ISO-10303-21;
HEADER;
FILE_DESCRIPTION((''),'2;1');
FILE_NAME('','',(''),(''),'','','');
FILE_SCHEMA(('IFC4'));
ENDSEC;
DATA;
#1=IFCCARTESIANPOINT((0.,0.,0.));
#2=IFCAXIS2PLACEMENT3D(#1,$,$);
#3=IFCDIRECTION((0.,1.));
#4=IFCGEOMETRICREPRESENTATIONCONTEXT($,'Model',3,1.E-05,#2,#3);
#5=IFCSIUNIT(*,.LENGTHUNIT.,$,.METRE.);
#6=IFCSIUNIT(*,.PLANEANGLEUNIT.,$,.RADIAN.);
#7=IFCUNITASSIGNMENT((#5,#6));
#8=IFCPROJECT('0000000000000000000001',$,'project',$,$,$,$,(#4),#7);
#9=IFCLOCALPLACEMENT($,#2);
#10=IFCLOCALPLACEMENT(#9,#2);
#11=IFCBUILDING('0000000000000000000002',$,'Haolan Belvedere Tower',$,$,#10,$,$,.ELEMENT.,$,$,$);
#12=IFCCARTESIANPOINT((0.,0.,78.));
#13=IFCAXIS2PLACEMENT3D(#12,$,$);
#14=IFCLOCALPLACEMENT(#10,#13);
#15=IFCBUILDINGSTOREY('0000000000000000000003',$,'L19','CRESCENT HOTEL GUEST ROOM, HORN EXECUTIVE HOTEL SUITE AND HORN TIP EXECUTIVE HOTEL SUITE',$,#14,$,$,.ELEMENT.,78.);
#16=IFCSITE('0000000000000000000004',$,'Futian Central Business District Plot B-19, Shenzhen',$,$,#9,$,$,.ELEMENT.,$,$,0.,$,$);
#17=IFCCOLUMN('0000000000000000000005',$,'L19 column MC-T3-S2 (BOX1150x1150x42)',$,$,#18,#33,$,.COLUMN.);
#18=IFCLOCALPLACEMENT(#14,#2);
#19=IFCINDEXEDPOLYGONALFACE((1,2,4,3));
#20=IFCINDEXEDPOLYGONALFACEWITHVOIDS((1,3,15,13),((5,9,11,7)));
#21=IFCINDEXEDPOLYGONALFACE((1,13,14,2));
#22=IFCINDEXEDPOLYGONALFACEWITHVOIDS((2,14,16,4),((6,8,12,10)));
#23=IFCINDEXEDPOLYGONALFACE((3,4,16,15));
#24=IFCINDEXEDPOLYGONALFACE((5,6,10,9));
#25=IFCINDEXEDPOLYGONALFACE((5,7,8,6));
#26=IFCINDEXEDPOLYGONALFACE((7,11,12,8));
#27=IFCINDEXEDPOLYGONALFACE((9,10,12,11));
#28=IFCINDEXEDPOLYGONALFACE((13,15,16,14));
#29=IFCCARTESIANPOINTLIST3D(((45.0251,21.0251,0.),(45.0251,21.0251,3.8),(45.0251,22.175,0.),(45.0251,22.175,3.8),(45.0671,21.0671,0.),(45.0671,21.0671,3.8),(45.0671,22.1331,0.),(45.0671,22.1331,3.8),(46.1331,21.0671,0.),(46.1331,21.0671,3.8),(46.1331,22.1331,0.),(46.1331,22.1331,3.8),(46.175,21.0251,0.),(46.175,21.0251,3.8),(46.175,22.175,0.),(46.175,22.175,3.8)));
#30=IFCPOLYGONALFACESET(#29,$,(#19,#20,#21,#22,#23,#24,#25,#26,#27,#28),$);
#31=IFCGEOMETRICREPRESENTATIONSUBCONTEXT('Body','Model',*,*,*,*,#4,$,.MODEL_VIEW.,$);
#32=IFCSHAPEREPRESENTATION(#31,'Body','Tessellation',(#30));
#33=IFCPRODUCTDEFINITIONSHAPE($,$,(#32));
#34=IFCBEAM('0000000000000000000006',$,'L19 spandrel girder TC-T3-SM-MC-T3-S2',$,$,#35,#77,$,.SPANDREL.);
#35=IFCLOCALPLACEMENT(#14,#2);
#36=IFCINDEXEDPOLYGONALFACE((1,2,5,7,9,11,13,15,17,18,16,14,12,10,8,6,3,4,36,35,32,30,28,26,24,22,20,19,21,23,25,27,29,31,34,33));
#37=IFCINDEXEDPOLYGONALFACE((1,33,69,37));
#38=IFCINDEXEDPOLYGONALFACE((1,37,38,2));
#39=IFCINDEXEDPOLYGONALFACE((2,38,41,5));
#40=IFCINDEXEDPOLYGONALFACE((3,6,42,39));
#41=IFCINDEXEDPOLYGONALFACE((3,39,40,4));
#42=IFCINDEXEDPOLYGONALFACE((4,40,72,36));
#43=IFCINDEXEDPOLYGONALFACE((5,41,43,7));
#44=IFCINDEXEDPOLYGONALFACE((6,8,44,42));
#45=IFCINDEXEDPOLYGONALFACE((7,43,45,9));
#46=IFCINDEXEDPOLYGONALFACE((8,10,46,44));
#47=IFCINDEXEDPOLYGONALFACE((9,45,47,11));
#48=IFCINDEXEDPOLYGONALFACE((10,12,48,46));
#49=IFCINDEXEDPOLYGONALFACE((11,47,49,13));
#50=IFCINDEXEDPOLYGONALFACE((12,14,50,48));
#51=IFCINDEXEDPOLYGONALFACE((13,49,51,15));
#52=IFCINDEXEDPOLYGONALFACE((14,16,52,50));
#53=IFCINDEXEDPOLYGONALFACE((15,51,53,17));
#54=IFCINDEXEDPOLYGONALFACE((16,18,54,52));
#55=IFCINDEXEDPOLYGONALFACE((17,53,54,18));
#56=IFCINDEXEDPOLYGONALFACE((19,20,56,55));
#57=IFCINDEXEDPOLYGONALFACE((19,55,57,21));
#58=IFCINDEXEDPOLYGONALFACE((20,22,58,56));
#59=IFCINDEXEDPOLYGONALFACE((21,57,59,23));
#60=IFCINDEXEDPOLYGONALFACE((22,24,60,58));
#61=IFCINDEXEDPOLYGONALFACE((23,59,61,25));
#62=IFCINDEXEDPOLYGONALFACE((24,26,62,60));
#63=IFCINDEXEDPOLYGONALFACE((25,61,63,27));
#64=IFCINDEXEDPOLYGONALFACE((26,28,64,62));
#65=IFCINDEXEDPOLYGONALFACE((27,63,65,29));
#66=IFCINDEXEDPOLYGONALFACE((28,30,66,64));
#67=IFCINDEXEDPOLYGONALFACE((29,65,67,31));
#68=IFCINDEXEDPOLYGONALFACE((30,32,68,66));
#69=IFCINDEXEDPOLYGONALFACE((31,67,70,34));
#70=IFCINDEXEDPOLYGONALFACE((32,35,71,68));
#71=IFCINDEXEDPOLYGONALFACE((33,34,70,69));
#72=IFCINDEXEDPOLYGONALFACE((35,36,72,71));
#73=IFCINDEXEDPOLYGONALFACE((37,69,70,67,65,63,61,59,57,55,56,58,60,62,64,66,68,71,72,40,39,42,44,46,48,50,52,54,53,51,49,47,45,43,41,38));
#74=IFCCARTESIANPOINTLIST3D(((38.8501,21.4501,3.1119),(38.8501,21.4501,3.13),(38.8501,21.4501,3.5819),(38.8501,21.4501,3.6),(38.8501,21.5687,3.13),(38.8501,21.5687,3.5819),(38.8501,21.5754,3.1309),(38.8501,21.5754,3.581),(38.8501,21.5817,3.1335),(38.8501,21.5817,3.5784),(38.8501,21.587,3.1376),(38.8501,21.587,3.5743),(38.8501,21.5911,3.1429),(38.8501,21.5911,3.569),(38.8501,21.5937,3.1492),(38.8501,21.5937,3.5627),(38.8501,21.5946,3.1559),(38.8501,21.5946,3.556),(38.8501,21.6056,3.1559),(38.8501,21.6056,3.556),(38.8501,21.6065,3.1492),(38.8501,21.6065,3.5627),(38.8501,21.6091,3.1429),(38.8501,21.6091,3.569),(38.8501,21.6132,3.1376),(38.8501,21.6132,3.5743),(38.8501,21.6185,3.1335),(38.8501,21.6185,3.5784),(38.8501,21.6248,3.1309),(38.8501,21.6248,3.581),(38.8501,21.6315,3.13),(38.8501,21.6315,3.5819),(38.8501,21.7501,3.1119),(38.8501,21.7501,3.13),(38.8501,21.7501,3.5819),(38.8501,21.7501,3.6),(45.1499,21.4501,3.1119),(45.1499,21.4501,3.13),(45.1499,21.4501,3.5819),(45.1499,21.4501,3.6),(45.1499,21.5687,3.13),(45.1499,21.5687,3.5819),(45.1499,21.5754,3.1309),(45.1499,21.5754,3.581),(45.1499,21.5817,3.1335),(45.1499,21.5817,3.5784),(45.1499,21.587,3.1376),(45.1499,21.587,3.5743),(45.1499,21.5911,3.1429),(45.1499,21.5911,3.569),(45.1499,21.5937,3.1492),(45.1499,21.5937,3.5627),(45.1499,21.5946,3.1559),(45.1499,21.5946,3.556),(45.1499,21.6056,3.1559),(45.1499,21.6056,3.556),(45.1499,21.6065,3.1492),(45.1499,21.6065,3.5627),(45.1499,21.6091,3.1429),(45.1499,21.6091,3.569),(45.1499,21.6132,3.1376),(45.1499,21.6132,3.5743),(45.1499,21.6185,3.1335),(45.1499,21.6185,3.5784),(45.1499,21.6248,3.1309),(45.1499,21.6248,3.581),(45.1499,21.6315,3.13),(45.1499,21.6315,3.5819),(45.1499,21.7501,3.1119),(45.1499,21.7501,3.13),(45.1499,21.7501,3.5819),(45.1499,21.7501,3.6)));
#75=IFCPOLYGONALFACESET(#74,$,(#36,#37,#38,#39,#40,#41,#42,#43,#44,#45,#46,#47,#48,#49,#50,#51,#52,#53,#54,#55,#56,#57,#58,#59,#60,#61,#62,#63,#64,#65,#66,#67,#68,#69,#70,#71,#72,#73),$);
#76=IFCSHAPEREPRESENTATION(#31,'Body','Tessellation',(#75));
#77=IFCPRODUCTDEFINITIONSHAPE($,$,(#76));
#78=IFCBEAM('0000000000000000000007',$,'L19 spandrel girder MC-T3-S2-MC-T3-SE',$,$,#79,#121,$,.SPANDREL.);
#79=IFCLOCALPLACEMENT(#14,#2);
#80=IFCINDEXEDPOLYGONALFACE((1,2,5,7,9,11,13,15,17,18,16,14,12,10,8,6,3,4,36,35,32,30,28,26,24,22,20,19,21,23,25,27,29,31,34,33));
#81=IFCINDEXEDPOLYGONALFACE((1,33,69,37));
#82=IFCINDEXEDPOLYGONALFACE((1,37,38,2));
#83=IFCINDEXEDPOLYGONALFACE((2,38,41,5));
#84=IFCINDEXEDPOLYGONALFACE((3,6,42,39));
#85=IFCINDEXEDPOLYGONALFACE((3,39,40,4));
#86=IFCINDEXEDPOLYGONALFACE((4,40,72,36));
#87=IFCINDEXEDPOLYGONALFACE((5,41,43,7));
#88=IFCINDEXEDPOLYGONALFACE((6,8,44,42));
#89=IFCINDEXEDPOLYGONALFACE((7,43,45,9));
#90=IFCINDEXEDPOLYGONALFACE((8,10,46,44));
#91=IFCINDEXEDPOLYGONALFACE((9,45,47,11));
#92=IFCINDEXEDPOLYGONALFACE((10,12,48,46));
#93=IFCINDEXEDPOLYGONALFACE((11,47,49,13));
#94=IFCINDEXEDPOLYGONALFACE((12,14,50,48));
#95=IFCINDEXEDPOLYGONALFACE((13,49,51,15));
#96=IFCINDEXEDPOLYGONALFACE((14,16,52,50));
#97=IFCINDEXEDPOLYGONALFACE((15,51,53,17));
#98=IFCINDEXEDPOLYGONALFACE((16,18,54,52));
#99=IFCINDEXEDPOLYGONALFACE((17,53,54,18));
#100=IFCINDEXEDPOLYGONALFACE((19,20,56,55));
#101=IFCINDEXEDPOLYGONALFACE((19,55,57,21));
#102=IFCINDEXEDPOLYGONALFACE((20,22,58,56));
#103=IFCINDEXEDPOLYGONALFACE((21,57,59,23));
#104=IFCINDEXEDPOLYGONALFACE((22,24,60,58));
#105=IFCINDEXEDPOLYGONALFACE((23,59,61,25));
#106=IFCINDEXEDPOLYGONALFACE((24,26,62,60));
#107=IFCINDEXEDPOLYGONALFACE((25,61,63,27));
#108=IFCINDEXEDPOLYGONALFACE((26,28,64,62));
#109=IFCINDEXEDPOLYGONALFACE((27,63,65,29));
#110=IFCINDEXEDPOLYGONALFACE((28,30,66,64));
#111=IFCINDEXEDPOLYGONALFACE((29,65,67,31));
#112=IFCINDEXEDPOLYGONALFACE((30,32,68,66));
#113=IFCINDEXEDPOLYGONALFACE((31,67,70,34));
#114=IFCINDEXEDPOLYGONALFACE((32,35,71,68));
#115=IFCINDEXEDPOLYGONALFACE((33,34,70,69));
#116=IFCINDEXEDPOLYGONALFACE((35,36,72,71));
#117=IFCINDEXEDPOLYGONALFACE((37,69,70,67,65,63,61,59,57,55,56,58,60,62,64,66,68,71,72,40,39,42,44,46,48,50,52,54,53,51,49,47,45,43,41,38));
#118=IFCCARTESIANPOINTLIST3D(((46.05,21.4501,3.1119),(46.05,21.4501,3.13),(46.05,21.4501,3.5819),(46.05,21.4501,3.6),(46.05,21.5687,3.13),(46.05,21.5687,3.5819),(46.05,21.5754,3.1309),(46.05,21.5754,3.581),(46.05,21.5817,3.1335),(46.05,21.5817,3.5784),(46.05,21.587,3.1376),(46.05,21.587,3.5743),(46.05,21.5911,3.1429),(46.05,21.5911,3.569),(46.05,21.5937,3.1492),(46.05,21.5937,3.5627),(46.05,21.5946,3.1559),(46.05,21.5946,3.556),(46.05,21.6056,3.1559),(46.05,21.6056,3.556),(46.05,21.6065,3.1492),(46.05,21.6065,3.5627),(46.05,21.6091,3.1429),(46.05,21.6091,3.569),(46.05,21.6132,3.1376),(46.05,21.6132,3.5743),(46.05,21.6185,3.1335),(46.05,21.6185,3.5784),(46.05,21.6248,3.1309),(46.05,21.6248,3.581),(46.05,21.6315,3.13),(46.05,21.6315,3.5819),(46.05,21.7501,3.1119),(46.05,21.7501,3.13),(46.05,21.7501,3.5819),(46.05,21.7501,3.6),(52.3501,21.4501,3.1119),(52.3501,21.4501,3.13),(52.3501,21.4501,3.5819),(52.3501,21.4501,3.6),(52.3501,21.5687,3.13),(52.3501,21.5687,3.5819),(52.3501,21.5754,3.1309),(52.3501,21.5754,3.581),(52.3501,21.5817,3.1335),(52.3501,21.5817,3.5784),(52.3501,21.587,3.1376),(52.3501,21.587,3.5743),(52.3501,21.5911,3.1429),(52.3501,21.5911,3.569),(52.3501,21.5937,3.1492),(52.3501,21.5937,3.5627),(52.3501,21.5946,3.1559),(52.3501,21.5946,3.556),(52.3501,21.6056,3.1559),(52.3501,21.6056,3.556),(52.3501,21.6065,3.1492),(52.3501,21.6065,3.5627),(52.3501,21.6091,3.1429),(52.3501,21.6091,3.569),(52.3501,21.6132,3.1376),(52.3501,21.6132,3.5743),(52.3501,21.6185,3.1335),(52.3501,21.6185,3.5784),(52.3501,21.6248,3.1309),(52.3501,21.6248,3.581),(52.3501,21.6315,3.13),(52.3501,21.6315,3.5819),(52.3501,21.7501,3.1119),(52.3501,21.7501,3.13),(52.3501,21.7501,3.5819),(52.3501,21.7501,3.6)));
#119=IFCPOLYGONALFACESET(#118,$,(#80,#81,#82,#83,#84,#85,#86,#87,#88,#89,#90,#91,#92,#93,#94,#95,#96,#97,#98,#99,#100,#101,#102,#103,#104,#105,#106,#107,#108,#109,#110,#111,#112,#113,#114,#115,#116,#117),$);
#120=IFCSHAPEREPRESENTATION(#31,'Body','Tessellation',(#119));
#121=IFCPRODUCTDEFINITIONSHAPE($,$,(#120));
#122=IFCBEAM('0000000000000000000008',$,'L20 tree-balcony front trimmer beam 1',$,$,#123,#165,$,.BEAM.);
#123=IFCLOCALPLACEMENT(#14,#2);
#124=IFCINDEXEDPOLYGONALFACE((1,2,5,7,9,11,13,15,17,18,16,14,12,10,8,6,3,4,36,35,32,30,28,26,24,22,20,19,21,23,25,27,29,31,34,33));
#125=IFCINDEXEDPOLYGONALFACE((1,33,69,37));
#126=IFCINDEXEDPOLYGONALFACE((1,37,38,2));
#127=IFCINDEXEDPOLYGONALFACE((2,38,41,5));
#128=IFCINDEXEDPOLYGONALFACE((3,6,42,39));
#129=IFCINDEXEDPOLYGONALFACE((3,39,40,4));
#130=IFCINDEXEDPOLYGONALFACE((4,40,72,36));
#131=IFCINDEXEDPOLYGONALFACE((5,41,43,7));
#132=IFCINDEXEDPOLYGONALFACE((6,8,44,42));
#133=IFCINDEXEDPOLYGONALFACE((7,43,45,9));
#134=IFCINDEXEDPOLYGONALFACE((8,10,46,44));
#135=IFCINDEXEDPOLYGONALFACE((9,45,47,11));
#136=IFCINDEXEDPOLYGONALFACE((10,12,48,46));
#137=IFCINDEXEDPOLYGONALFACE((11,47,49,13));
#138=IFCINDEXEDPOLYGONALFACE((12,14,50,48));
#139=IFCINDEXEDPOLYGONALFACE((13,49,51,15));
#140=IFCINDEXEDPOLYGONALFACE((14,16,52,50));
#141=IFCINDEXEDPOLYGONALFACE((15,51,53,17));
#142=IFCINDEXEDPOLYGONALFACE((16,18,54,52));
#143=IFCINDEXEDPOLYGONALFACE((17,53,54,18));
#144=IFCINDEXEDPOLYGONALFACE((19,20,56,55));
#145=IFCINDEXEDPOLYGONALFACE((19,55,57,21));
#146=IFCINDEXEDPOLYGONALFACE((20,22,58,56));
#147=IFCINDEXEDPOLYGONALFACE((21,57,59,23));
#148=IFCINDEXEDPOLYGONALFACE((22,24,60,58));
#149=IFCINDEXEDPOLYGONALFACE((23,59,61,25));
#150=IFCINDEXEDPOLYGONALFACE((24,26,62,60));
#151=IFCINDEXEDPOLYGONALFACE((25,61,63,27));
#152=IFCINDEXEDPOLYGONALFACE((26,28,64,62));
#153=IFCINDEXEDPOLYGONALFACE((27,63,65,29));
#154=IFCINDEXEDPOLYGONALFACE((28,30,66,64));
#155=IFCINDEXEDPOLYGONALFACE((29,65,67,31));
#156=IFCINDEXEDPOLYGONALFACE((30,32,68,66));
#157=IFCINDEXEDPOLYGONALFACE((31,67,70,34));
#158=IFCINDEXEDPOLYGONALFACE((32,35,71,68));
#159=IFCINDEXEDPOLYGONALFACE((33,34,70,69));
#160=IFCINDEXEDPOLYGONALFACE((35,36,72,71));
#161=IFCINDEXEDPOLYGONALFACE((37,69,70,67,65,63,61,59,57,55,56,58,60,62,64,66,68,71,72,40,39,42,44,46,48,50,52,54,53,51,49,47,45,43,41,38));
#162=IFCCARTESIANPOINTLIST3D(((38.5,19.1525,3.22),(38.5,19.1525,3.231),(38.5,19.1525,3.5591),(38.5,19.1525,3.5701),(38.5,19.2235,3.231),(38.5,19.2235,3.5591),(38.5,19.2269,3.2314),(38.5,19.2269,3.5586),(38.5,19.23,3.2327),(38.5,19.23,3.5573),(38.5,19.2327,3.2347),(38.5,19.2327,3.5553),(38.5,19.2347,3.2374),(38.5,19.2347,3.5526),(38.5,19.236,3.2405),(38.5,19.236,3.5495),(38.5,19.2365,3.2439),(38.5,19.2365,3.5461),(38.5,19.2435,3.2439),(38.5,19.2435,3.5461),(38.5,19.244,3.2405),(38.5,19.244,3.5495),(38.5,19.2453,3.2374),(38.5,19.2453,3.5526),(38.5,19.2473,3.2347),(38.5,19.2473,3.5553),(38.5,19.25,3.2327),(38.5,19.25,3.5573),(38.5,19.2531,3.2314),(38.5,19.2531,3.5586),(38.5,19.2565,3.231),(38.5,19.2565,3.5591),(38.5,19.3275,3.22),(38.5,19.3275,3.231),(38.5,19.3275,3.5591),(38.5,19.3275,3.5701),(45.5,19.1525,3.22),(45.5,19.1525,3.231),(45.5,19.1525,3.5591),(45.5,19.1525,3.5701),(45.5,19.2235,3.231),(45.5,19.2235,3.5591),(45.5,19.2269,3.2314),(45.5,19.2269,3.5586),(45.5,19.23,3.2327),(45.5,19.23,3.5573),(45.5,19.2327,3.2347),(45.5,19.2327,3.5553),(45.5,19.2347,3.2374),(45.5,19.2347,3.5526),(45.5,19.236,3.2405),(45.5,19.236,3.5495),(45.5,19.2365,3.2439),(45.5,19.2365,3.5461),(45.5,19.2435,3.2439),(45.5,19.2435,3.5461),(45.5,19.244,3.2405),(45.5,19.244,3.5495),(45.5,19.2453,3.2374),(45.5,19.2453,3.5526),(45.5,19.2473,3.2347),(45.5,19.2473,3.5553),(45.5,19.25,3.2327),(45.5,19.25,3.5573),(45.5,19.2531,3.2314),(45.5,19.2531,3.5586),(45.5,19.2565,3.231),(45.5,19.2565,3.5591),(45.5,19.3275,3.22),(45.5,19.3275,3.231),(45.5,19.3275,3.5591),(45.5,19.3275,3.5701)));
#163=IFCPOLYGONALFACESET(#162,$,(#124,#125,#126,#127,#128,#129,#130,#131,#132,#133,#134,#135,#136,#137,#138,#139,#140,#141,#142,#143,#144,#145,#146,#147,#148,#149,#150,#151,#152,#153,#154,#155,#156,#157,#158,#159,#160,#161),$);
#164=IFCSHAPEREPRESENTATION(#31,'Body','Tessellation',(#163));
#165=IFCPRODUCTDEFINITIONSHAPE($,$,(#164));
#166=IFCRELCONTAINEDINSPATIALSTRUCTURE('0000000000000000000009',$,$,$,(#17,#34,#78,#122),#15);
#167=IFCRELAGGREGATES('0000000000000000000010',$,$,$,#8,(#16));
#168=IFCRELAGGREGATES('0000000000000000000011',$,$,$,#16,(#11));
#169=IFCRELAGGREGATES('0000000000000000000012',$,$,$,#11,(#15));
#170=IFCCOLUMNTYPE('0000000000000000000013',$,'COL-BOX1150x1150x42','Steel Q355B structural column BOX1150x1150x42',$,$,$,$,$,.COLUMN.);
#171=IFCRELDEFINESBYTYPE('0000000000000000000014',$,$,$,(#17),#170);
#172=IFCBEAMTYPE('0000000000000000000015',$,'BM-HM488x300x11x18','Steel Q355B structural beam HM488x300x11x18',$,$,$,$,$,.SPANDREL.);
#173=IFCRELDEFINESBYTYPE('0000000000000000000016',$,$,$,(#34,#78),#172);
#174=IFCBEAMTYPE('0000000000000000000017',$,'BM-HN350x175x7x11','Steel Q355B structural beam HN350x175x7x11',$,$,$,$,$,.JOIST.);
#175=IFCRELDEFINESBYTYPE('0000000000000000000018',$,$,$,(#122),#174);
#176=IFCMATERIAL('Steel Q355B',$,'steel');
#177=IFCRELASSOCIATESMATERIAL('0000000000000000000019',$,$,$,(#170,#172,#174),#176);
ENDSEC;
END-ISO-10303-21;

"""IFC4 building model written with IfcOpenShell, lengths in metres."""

from ifc_helpers import new_model, si_unit, direction, frame, origin, origin_2d, place, context, subcontext, project, spatial, hollow_rectangle, i_section, extrude, material, material_profile, profile_set, type_object, element, save


model = new_model("IFC4")

# Units and contexts
model_context = context("Model", 3, precision=1e-05, world=origin(), true_north=direction((0.0, 1.0)))
body_context = subcontext(model_context, "Body", "Model", "MODEL_VIEW")
ifc_project = project(units=[si_unit("LENGTHUNIT", "METRE"), si_unit("PLANEANGLEUNIT", "RADIAN")], contexts=[model_context])

# Site, building, storey
site_placement = place(None, origin())
site = spatial("IfcSite", under=ifc_project, at=site_placement, Name="Futian Central Business District Plot B-19, Shenzhen", CompositionType="ELEMENT", RefElevation=0.0)
building_placement = place(site_placement, origin())
building = spatial("IfcBuilding", under=site, at=building_placement, Name="Haolan Belvedere Tower", CompositionType="ELEMENT")
storey_placement = place(building_placement, frame((0.0, 0.0, 78.0)))
storey = spatial("IfcBuildingStorey", under=building, at=storey_placement, Name="L19", Description="CRESCENT HOTEL GUEST ROOM, HORN EXECUTIVE HOTEL SUITE AND HORN TIP EXECUTIVE HOTEL SUITE", CompositionType="ELEMENT", Elevation=78.0)

# Column
ifc_material_1 = material(Name="Steel Q355B", Category="steel")
ifc_material_profile_1 = material_profile(ifc_material_1, hollow_rectangle(XDim=1.1499, YDim=1.1499, WallThickness=0.042, at=origin_2d()), Name="Steel Q355B")
ifc_profile_set_1 = profile_set([ifc_material_profile_1], Name="Steel Q355B")
column_type = type_object("IfcColumnType", Name="COL-BOX1150x1150x42", Description="Steel Q355B structural column BOX1150x1150x42", PredefinedType="COLUMN", material=ifc_profile_set_1)
column_placement = place(storey_placement, frame((45.6001, 21.6001, 0.0), z_axis=(0.0, 0.0, 1.0), x_axis=(1.0, 0.0, 0.0)))
element("IfcColumn", 1, at=column_placement, inside=storey, type_object=column_type, Name="L19 column MC-T3-S2 (BOX1150x1150x42)", PredefinedType="COLUMN", context=body_context, shape_type="SweptSolid", body=[
    extrude(hollow_rectangle(XDim=1.1499, YDim=1.1499, WallThickness=0.042, at=origin_2d()), origin(), (0.0, 0.0, 1.0), 3.8),
])

# Beams
ifc_material_profile_2 = material_profile(ifc_material_1, i_section(OverallWidth=0.3, OverallDepth=0.488, WebThickness=0.011, FlangeThickness=0.0181, FilletRadius=0.0259, at=origin_2d()), Name="Steel Q355B")
ifc_profile_set_2 = profile_set([ifc_material_profile_2], Name="Steel Q355B")
beam_type_1 = type_object("IfcBeamType", Name="BM-HM488x300x11x18", Description="Steel Q355B structural beam HM488x300x11x18", PredefinedType="SPANDREL", material=ifc_profile_set_2)
beam_1_placement = place(storey_placement, frame((38.8501, 21.6001, 3.356), z_axis=(1.0, 0.0, 0.0), x_axis=(0.0, 1.0, 0.0)))
element("IfcBeam", 2, at=beam_1_placement, inside=storey, type_object=beam_type_1, Name="L19 spandrel girder TC-T3-SM-MC-T3-S2", PredefinedType="SPANDREL", context=body_context, shape_type="SweptSolid", body=[
    extrude(i_section(OverallWidth=0.3, OverallDepth=0.488, WebThickness=0.011, FlangeThickness=0.0181, FilletRadius=0.0259, at=origin_2d()), origin(), (0.0, 0.0, 1.0), 6.2998),
])
beam_2_placement = place(storey_placement, frame((46.05, 21.6001, 3.356), z_axis=(1.0, 0.0, 0.0), x_axis=(0.0, 1.0, 0.0)))
element("IfcBeam", 3, at=beam_2_placement, inside=storey, type_object=beam_type_1, Name="L19 spandrel girder MC-T3-S2-MC-T3-SE", PredefinedType="SPANDREL", context=body_context, shape_type="SweptSolid", body=[
    extrude(i_section(OverallWidth=0.3, OverallDepth=0.488, WebThickness=0.011, FlangeThickness=0.0181, FilletRadius=0.0259, at=origin_2d()), origin(), (0.0, 0.0, 1.0), 6.3),
])
ifc_material_profile_3 = material_profile(ifc_material_1, i_section(OverallWidth=0.175, OverallDepth=0.3501, WebThickness=0.0071, FlangeThickness=0.011, FilletRadius=0.0129, at=origin_2d()), Name="Steel Q355B")
ifc_profile_set_3 = profile_set([ifc_material_profile_3], Name="Steel Q355B")
beam_type_2 = type_object("IfcBeamType", Name="BM-HN350x175x7x11", Description="Steel Q355B structural beam HN350x175x7x11", PredefinedType="JOIST", material=ifc_profile_set_3)
beam_3_placement = place(storey_placement, frame((38.5, 19.24, 3.395), z_axis=(1.0, 0.0, 0.0), x_axis=(0.0, 1.0, 0.0)))
element("IfcBeam", 4, at=beam_3_placement, inside=storey, type_object=beam_type_2, Name="L20 tree-balcony front trimmer beam 1", PredefinedType="BEAM", context=body_context, shape_type="SweptSolid", body=[
    extrude(i_section(OverallWidth=0.175, OverallDepth=0.3501, WebThickness=0.0071, FlangeThickness=0.011, FilletRadius=0.0129, at=origin_2d()), origin(), (0.0, 0.0, 1.0), 7.0),
])

save(model, "model.ifc")
